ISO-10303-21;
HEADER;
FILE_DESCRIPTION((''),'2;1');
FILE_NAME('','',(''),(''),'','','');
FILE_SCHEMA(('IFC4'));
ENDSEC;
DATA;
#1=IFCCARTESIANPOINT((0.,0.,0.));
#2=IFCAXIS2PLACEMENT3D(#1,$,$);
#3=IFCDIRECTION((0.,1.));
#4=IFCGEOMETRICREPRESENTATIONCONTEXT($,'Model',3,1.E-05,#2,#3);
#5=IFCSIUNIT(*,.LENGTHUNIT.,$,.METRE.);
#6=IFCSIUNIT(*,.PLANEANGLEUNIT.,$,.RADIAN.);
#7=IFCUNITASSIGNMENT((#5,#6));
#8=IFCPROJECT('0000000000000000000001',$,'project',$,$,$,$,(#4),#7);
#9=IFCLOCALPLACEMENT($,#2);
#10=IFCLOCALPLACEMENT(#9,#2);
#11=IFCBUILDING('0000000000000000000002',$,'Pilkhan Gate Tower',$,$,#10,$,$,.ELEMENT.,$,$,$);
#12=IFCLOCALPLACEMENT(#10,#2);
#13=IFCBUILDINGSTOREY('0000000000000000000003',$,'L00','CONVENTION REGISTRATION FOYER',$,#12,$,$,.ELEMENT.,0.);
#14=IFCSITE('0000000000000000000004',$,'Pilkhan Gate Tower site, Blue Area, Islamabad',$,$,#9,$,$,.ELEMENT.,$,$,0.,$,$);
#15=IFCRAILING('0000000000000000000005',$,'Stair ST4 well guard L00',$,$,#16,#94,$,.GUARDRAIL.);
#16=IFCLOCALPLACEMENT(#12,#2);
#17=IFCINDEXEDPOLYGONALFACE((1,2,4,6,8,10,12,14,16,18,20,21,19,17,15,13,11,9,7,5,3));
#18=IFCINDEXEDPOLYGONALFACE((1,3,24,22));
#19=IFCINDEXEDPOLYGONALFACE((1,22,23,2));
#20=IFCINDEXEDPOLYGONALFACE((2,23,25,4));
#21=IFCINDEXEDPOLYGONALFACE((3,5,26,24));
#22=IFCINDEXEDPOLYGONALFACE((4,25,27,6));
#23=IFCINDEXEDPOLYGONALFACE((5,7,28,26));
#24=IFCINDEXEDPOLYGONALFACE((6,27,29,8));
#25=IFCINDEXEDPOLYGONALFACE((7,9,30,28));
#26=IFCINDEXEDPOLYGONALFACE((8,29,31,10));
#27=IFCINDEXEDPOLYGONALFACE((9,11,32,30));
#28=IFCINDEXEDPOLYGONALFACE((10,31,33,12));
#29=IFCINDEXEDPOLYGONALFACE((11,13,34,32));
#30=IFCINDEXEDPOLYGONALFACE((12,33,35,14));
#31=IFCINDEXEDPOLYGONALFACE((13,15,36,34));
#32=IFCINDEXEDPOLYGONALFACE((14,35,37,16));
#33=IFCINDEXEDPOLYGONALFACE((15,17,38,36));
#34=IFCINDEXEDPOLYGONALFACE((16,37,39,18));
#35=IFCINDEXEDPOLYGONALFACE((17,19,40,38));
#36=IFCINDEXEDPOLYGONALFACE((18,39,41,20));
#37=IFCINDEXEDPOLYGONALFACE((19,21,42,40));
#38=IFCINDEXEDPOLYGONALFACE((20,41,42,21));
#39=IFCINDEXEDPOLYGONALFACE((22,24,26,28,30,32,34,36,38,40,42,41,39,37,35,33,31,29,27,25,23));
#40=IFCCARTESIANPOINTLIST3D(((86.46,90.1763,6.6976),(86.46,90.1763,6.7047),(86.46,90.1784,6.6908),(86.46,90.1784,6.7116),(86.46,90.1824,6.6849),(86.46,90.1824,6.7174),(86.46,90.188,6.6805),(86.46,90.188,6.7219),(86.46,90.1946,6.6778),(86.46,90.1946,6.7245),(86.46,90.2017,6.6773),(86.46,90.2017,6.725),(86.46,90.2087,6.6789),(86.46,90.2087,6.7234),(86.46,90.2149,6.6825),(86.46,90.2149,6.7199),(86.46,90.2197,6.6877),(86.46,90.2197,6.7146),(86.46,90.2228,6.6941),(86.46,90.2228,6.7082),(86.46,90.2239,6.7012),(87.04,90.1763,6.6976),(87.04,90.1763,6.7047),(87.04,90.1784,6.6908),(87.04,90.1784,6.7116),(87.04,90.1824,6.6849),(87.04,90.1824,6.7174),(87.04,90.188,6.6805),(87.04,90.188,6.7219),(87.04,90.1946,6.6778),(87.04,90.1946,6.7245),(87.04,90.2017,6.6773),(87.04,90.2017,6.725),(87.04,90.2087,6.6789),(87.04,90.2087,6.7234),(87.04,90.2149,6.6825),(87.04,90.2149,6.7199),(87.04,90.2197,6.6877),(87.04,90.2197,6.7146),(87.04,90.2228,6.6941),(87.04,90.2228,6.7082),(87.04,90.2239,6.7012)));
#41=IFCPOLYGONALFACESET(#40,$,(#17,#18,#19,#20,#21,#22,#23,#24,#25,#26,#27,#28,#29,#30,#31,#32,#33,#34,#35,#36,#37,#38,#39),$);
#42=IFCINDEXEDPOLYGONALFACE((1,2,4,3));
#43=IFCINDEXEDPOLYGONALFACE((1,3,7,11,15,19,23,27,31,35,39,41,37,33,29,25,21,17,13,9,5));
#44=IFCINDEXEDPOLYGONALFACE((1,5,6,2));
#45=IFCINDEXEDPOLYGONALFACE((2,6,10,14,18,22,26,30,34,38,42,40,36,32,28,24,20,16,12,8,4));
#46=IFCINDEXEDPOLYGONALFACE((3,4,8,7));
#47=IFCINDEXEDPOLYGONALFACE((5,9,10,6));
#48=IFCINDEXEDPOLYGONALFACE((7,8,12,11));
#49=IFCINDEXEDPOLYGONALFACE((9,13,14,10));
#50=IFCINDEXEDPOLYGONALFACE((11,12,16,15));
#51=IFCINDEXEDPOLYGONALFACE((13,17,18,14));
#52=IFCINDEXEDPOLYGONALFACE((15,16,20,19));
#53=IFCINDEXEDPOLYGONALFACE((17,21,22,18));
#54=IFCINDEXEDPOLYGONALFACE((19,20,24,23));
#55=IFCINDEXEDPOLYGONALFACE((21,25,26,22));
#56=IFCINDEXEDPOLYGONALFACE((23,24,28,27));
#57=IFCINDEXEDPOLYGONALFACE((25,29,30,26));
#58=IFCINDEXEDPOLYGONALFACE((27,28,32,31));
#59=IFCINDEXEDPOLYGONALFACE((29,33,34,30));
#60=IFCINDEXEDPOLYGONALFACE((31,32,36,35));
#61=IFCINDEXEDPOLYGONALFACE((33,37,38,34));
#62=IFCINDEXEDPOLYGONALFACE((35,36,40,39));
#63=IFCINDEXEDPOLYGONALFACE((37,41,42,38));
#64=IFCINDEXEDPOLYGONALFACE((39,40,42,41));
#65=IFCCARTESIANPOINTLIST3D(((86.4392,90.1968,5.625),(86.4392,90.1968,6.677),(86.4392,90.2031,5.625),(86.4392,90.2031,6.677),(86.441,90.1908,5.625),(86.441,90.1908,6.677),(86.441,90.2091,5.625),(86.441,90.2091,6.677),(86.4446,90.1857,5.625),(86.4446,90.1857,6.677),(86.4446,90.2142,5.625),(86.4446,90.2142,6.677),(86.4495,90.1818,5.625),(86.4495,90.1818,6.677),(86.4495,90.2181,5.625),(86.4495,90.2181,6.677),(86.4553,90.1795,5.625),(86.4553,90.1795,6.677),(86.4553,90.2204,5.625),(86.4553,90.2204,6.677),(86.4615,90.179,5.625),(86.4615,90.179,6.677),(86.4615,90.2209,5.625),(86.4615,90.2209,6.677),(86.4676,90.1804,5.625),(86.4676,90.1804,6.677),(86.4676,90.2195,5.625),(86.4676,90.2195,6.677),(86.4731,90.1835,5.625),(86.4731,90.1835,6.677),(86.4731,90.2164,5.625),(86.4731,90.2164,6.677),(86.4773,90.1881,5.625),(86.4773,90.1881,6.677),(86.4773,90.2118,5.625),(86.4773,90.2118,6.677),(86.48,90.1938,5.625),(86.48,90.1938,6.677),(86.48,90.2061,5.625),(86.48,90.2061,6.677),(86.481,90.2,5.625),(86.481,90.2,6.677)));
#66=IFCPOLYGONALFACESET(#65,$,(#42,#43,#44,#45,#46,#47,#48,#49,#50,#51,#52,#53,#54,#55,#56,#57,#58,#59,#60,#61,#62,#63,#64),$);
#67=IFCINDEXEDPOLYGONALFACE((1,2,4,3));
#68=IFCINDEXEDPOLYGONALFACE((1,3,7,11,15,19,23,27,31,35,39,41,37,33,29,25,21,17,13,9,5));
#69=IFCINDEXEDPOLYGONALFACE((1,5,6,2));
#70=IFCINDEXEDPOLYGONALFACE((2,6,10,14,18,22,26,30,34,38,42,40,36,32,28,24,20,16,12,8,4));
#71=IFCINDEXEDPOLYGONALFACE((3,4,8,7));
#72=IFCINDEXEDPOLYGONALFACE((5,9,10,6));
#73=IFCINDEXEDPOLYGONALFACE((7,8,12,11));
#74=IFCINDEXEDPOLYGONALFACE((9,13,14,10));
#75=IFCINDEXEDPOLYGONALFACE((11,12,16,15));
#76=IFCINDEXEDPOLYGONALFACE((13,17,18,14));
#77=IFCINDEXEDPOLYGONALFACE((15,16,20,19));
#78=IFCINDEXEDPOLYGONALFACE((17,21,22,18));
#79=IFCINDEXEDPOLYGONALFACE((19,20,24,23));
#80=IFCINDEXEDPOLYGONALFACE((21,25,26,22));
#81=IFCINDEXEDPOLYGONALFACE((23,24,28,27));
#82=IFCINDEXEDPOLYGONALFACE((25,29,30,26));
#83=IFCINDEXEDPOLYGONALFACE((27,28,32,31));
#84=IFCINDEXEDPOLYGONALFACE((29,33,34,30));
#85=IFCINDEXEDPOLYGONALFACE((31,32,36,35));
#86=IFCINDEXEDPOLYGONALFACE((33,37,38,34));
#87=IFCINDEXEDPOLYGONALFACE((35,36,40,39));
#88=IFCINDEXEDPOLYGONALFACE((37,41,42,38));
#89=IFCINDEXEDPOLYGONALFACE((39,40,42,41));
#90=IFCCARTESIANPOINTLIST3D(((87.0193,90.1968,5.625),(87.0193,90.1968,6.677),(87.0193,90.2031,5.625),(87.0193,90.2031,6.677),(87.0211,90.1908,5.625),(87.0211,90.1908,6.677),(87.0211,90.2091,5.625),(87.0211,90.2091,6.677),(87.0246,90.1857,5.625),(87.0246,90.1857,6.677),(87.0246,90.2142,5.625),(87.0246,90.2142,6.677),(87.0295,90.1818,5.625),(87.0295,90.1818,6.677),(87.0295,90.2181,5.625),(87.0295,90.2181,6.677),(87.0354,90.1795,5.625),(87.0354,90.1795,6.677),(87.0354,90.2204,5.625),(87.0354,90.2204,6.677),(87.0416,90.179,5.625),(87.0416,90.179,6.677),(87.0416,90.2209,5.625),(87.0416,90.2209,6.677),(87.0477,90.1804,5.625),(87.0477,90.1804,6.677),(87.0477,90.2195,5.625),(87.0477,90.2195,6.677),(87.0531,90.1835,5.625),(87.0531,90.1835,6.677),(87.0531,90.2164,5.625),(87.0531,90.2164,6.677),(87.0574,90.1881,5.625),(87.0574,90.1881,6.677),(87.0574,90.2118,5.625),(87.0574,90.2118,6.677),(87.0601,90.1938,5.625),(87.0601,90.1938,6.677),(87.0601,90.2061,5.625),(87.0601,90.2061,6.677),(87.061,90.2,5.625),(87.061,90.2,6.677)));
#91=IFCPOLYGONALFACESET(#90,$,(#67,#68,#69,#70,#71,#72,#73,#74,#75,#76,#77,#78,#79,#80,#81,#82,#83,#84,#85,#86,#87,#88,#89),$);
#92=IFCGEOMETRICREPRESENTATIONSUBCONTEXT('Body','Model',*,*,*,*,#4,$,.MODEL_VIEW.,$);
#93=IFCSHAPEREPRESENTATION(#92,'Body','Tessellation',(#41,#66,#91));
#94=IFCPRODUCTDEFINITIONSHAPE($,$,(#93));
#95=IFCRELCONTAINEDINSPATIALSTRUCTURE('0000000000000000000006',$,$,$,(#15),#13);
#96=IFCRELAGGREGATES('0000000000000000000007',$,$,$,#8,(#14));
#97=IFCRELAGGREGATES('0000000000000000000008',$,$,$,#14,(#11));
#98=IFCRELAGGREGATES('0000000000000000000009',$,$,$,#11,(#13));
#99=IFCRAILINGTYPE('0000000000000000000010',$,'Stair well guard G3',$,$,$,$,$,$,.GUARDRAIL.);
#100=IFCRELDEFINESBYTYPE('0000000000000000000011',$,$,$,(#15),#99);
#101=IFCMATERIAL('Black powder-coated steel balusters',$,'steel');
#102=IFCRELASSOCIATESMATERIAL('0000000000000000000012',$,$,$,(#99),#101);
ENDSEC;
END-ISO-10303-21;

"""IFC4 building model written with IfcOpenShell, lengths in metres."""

from ifc_helpers import new_model, si_unit, direction, frame, origin, origin_2d, place, context, subcontext, project, spatial, circle, extrude, material, type_object, element, save


model = new_model("IFC4")

# Units and contexts
model_context = context("Model", 3, precision=1e-05, world=origin(), true_north=direction((0.0, 1.0)))
body_context = subcontext(model_context, "Body", "Model", "MODEL_VIEW")
ifc_project = project(units=[si_unit("LENGTHUNIT", "METRE"), si_unit("PLANEANGLEUNIT", "RADIAN")], contexts=[model_context])

# Site, building, storey
site_placement = place(None, origin())
site = spatial("IfcSite", under=ifc_project, at=site_placement, Name="Pilkhan Gate Tower site, Blue Area, Islamabad", CompositionType="ELEMENT", RefElevation=0.0)
building_placement = place(site_placement, origin())
building = spatial("IfcBuilding", under=site, at=building_placement, Name="Pilkhan Gate Tower", CompositionType="ELEMENT")
storey_placement = place(building_placement, origin())
storey = spatial("IfcBuildingStorey", under=building, at=storey_placement, Name="L00", Description="CONVENTION REGISTRATION FOYER", CompositionType="ELEMENT", Elevation=0.0)

# Railing
ifc_material_1 = material(Name="Black powder-coated steel balusters", Category="steel")
railing_type_1 = type_object("IfcRailingType", Name="Stair well guard G3", PredefinedType="GUARDRAIL", material=ifc_material_1)
for number, where, name in (
    (1, (86.46, 90.2, 5.625), "Stair ST4 well guard L00"),
):
    element("IfcRailing", number, at=place(storey_placement, frame(where)), inside=storey, type_object=railing_type_1, Name=name, PredefinedType="GUARDRAIL", context=body_context, shape_type="SweptSolid", body=[
        extrude(circle(Radius=0.0239, at=origin_2d()), frame((0.0, 0.0, 1.0762), z_axis=(1.0, 0.0, 0.0), x_axis=(0.0, 1.0, 0.0)), (0.0, 0.0, 1.0), 0.5801),
        extrude(circle(Radius=0.021, at=origin_2d()), origin(), (0.0, 0.0, 1.0), 1.052),
        extrude(circle(Radius=0.021, at=origin_2d()), frame((0.5801, 0.0, 0.0)), (0.0, 0.0, 1.0), 1.052),
    ])

save(model, "model.ifc")
